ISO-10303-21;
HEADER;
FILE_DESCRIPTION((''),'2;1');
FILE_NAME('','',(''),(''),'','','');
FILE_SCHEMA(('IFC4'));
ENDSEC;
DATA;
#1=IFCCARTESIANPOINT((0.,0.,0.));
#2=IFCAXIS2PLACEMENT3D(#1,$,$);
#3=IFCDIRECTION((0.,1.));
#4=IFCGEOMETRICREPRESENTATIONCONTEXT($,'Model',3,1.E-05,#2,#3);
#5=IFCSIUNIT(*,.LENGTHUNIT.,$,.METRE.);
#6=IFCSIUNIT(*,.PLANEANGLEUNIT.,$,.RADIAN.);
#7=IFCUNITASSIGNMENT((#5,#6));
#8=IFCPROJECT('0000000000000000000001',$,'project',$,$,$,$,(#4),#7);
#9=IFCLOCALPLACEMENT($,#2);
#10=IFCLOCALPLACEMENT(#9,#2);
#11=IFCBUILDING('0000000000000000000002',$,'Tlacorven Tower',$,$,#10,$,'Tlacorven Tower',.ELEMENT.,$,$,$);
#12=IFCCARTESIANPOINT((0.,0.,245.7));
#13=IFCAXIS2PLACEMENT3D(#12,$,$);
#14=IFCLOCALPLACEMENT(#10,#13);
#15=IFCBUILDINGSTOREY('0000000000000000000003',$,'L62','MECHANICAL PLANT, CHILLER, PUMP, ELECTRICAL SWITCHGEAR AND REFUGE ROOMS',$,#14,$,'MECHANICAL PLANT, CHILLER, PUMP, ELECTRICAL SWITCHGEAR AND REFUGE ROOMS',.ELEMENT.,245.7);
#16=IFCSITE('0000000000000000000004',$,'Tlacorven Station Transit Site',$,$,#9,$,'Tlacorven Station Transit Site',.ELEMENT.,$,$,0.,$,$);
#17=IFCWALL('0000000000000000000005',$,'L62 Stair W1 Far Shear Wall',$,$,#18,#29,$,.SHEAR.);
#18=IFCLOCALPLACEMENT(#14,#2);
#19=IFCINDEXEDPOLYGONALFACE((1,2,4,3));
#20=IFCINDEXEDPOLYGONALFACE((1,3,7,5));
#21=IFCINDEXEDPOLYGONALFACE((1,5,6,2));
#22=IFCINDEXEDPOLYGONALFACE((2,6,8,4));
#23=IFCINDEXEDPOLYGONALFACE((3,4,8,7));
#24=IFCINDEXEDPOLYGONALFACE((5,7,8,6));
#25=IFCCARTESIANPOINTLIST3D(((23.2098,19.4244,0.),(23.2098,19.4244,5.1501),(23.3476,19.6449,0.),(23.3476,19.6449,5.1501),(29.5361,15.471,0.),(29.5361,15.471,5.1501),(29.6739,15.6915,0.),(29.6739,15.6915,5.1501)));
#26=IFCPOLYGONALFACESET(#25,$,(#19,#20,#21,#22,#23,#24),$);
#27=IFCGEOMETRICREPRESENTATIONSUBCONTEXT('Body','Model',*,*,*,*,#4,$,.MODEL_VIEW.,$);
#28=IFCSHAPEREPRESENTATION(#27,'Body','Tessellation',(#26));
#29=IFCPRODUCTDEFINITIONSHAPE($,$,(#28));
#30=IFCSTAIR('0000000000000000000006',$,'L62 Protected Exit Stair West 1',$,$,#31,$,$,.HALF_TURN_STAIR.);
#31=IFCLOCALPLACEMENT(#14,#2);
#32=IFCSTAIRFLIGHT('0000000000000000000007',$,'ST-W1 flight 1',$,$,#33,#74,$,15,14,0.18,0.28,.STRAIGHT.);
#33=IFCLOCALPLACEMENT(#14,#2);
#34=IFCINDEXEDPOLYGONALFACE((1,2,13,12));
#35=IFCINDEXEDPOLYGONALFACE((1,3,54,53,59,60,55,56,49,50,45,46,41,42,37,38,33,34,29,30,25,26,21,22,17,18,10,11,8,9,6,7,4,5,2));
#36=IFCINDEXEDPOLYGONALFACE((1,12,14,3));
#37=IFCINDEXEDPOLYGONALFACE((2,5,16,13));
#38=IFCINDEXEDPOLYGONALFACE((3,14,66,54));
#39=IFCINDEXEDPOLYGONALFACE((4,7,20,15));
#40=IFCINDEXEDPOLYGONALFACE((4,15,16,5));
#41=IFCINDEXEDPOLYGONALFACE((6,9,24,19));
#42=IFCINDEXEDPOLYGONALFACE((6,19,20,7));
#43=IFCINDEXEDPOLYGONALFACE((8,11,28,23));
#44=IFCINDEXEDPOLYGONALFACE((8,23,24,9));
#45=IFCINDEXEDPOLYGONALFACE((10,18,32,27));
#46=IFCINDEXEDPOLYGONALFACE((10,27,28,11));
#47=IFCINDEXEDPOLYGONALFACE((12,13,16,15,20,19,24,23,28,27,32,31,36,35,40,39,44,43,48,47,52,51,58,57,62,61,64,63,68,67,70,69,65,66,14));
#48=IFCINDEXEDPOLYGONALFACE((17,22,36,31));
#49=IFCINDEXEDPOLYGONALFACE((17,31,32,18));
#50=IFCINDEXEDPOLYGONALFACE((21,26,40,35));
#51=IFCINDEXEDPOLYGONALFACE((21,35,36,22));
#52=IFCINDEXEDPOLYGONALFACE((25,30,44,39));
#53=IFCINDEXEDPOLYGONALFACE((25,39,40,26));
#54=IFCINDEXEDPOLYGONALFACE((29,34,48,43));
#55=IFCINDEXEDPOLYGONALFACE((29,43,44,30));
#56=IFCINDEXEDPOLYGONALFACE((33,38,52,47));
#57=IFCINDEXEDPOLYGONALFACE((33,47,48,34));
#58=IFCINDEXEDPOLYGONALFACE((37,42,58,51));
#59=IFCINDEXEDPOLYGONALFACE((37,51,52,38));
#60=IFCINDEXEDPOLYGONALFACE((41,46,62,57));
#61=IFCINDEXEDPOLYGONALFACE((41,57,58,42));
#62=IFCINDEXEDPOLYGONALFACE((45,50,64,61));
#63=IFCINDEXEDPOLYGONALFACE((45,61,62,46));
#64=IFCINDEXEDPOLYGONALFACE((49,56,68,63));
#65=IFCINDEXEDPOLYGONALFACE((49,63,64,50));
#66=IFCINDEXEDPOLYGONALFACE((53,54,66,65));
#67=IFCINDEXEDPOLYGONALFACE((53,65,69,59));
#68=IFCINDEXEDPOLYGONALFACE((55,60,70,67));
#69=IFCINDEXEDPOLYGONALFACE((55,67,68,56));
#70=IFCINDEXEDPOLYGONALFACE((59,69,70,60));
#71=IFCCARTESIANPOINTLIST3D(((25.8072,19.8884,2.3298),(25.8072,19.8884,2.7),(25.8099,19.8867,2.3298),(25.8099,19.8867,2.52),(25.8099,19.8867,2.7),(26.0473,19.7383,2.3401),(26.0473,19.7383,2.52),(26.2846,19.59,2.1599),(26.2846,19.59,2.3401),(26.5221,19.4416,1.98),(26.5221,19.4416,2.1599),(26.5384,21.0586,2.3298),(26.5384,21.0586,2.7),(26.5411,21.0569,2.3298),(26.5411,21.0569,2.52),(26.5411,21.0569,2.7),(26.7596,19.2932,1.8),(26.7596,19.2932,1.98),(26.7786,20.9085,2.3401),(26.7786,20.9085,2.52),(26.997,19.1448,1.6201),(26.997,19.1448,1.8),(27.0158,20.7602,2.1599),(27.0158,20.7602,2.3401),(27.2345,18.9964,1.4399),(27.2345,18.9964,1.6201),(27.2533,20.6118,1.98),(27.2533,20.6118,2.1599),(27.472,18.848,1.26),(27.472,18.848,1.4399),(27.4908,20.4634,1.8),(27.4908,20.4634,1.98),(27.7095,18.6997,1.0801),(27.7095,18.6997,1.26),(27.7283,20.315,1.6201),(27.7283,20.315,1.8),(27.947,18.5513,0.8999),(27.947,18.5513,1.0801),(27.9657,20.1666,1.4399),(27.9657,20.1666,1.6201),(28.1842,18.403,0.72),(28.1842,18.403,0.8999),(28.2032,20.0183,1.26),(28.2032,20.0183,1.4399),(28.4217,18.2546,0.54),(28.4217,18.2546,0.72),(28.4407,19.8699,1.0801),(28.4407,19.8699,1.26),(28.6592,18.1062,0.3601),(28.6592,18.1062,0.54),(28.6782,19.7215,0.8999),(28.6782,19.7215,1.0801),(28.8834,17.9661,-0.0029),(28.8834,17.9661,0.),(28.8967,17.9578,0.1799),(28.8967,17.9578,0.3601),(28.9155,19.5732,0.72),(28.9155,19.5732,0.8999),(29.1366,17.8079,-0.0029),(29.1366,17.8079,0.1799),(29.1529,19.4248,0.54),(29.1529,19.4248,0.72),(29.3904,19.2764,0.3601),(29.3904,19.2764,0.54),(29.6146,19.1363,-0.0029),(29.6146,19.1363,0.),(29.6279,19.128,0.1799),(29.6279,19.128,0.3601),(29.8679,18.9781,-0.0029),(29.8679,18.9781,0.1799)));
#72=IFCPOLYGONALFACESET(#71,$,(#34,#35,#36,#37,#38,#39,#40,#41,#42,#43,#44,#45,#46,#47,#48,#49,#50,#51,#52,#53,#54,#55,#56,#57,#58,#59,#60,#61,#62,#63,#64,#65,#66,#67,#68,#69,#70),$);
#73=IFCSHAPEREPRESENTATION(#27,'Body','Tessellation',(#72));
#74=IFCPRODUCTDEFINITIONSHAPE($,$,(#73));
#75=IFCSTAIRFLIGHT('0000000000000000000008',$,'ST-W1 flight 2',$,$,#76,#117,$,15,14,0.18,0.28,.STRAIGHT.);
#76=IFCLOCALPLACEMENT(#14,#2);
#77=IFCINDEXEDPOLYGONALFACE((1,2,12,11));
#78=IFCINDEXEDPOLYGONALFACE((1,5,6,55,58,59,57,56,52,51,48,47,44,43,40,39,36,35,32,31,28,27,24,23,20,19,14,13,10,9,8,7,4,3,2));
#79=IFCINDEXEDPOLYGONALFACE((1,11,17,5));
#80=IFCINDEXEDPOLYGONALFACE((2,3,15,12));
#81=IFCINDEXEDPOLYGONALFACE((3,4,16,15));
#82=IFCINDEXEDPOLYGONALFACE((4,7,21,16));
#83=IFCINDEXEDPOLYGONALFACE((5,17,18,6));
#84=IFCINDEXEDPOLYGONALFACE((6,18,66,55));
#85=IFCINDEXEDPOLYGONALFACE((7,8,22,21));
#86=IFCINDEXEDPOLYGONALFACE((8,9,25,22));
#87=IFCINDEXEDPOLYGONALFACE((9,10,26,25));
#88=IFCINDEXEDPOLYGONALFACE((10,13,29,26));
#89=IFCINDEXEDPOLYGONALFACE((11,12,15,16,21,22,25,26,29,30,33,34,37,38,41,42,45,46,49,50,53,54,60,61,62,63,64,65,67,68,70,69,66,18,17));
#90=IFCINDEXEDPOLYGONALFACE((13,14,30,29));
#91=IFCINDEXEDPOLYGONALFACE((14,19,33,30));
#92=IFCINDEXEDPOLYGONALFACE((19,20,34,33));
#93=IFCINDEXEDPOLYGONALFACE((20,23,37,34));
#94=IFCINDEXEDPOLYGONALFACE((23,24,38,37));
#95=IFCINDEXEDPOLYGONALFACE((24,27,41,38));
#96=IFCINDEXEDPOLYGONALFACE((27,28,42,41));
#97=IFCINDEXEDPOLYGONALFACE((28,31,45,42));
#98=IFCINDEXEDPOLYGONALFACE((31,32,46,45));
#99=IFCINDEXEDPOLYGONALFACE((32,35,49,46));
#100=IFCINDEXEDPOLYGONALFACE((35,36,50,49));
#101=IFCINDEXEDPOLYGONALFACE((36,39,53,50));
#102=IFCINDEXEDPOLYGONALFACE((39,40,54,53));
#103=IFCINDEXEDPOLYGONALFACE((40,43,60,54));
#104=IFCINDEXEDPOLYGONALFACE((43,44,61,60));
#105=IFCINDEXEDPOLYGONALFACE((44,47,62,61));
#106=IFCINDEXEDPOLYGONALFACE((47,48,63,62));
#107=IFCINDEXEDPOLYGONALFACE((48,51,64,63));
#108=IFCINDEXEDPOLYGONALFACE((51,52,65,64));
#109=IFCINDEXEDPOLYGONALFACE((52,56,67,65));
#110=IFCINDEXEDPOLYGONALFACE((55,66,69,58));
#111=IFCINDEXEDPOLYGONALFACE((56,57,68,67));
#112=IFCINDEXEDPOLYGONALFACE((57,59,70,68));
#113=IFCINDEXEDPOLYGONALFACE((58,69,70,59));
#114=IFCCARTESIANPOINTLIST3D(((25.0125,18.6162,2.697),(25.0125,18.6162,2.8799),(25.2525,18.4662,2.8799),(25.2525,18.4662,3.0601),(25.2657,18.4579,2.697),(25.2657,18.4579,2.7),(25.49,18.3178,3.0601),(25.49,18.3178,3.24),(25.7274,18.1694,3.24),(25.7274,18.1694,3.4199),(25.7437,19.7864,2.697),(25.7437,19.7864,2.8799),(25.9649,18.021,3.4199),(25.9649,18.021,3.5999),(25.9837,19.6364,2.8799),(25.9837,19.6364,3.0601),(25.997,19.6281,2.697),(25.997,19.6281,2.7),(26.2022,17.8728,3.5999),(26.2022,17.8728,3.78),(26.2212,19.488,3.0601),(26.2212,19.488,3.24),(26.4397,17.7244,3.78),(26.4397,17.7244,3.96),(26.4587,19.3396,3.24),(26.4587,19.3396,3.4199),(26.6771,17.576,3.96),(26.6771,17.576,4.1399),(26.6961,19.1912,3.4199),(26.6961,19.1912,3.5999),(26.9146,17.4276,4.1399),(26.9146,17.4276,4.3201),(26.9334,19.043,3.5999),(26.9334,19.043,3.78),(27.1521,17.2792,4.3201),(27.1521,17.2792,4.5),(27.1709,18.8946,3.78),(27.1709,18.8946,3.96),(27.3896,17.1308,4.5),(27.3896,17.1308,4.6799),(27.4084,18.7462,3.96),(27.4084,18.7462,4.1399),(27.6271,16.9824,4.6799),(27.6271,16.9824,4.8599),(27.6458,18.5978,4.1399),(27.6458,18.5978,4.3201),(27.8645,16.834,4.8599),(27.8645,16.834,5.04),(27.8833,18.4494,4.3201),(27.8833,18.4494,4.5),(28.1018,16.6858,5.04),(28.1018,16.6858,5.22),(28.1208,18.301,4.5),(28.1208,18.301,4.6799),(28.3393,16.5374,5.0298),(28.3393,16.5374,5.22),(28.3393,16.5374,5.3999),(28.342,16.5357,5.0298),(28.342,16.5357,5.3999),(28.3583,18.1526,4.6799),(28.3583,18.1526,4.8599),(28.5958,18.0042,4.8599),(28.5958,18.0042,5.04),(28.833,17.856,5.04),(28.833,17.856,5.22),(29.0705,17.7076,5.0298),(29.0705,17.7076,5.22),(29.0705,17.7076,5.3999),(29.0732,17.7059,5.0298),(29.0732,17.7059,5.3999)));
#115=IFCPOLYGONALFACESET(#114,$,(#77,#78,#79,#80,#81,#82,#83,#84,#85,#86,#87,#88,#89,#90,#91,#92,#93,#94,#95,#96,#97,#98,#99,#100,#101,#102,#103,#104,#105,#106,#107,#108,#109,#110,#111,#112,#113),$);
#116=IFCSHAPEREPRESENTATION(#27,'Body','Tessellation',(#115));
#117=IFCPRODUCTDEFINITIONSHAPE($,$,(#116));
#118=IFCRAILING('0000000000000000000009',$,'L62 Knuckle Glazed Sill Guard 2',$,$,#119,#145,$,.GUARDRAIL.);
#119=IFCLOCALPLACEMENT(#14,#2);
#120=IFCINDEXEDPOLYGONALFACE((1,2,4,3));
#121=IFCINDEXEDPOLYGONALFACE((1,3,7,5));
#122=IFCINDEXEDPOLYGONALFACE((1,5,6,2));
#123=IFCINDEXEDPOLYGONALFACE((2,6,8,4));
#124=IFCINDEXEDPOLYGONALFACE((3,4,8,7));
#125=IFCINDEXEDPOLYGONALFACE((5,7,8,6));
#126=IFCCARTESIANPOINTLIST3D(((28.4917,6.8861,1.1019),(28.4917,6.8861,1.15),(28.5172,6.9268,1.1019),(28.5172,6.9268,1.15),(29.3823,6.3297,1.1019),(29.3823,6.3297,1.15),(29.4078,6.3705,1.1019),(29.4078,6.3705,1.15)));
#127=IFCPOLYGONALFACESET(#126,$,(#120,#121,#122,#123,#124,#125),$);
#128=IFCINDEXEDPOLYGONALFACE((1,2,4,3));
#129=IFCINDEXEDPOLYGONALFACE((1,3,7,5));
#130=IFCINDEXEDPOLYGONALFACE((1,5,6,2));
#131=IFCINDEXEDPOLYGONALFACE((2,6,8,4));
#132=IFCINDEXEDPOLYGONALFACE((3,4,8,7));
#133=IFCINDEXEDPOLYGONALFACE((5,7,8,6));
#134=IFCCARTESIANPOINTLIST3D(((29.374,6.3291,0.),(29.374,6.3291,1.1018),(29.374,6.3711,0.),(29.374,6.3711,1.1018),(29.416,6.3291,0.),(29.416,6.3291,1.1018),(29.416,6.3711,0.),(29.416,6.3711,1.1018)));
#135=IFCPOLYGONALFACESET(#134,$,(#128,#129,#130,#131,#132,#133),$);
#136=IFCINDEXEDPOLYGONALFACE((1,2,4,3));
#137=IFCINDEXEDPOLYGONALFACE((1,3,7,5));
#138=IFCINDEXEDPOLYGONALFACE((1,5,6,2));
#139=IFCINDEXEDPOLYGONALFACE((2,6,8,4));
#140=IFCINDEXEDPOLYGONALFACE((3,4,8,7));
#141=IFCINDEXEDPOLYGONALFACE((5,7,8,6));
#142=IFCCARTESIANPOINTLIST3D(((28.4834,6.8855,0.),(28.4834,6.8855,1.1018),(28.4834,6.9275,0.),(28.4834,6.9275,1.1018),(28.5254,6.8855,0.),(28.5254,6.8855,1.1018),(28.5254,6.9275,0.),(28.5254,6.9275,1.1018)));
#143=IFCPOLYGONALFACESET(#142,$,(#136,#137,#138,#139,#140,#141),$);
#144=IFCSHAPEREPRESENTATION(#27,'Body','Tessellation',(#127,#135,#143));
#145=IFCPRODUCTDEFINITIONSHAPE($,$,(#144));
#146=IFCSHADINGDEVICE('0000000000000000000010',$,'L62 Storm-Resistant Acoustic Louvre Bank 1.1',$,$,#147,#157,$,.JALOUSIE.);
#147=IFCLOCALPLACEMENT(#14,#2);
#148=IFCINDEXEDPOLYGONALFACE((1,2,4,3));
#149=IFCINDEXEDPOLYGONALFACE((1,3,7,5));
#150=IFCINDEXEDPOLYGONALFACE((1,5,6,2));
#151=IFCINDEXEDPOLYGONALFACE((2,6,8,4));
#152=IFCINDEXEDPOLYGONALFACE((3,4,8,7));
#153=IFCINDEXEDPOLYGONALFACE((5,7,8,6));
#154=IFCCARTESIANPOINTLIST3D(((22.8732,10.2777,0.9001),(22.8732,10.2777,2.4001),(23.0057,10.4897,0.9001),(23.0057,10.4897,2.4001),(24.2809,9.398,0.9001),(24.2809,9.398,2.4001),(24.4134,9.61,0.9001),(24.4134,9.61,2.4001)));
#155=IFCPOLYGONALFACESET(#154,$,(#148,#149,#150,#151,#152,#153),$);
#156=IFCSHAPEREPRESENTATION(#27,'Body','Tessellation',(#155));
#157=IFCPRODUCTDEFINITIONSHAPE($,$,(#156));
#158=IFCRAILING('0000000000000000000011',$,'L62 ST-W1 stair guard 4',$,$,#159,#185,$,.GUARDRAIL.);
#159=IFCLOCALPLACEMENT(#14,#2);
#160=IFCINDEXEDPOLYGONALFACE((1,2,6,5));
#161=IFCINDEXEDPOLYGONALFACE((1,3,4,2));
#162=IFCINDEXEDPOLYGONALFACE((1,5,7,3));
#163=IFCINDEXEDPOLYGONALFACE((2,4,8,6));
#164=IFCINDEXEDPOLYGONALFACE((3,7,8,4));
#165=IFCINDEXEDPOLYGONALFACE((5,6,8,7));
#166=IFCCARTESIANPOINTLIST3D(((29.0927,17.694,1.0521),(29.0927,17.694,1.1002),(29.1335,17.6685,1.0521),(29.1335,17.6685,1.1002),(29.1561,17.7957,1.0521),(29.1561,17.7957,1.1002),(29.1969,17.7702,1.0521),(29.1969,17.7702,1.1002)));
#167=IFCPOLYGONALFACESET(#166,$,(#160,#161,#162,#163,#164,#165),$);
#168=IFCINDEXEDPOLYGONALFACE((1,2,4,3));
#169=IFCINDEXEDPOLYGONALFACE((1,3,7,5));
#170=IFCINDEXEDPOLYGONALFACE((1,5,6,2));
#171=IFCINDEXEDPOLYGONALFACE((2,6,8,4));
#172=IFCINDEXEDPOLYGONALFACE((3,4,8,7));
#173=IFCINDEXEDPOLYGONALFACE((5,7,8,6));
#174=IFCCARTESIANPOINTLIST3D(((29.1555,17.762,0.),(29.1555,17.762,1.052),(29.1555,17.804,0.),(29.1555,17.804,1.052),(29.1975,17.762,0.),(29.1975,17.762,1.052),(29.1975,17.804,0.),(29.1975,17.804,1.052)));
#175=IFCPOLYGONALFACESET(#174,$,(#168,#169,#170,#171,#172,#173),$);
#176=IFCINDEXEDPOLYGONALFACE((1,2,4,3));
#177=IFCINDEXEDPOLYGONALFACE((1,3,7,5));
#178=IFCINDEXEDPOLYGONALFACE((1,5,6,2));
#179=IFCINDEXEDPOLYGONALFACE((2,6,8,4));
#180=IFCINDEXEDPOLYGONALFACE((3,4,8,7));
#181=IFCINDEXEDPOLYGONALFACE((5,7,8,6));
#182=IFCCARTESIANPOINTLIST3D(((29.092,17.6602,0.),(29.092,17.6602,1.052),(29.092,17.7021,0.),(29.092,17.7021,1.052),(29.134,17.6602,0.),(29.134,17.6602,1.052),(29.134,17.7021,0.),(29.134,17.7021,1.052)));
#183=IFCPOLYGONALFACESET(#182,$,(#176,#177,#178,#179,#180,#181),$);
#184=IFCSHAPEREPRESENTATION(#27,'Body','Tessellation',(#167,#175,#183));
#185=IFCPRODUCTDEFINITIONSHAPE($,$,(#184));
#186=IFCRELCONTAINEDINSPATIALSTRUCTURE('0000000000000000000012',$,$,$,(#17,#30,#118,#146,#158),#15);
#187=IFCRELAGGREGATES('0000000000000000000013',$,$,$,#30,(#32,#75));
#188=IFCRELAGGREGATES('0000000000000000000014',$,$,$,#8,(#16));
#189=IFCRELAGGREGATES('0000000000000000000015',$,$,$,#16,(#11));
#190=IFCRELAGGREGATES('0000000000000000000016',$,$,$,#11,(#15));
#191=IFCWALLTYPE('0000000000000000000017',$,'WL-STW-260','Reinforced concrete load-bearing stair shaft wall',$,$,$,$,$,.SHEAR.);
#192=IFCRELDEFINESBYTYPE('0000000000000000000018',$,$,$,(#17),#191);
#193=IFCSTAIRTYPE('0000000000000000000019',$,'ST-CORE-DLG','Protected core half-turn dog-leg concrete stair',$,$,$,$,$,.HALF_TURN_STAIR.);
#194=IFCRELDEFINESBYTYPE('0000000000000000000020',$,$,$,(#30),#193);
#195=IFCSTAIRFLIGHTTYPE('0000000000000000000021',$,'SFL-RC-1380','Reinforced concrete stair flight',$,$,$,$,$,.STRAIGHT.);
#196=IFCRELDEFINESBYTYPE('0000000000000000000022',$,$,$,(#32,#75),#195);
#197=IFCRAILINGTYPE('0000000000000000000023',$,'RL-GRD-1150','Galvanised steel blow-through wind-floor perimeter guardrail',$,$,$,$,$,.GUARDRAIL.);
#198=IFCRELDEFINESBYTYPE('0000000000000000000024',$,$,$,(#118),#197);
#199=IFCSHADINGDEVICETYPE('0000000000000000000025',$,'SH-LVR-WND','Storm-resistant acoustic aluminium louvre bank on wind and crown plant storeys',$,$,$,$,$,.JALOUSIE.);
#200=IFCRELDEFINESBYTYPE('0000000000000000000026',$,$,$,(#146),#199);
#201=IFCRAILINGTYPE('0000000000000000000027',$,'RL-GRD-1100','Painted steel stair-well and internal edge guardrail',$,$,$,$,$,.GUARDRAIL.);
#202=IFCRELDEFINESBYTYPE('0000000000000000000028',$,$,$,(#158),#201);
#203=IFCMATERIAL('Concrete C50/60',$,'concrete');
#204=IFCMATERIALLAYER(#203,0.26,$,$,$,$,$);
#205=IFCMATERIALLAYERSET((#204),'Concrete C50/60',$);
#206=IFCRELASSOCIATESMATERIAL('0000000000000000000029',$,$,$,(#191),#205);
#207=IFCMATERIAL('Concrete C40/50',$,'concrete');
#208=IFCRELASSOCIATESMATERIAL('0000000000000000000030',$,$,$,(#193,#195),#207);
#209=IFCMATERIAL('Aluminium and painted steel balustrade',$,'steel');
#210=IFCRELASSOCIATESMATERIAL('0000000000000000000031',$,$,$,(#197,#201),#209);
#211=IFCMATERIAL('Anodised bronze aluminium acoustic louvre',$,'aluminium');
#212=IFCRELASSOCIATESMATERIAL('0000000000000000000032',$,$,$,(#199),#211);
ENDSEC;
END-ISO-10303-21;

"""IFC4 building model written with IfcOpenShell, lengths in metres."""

from ifc_helpers import new_model, si_unit, direction, frame, frame_2d, origin, origin_2d, place, context, subcontext, project, spatial, polyline, rectangle, outline, extrude, source, transform, mapped, material, layer, layer_set, type_object, element, aggregate, save


model = new_model("IFC4")

# Units and contexts
model_context = context("Model", 3, precision=1e-05, world=origin(), true_north=direction((0.0, 1.0)))
body_context = subcontext(model_context, "Body", "Model", "MODEL_VIEW")
ifc_project = project(units=[si_unit("LENGTHUNIT", "METRE"), si_unit("PLANEANGLEUNIT", "RADIAN")], contexts=[model_context])

# Site, building, storey
site_placement = place(None, origin())
site = spatial("IfcSite", under=ifc_project, at=site_placement, Name="Tlacorven Station Transit Site", LongName="Tlacorven Station Transit Site", CompositionType="ELEMENT", RefElevation=0.0)
building_placement = place(site_placement, origin())
building = spatial("IfcBuilding", under=site, at=building_placement, Name="Tlacorven Tower", LongName="Tlacorven Tower", CompositionType="ELEMENT")
storey_placement = place(building_placement, frame((0.0, 0.0, 245.7)))
storey = spatial("IfcBuildingStorey", under=building, at=storey_placement, Name="L62", Description="MECHANICAL PLANT, CHILLER, PUMP, ELECTRICAL SWITCHGEAR AND REFUGE ROOMS", LongName="MECHANICAL PLANT, CHILLER, PUMP, ELECTRICAL SWITCHGEAR AND REFUGE ROOMS", CompositionType="ELEMENT", Elevation=245.7)

# Shared definitions
ifc_material_1 = material(Name="Concrete C40/50", Category="concrete")

# Wall
ifc_material_2 = material(Name="Concrete C50/60", Category="concrete")
ifc_layer_1 = layer(ifc_material_2, 0.26)
ifc_layer_set_1 = layer_set([ifc_layer_1], Name="Concrete C50/60")
wall_type_1 = type_object("IfcWallType", Name="WL-STW-260", Description="Reinforced concrete load-bearing stair shaft wall", PredefinedType="SHEAR", material=ifc_layer_set_1)
wall_1_placement = place(storey_placement, frame((29.605, 15.5813, 0.0), z_axis=(0.0, 0.0, 1.0), x_axis=(-0.848037, 0.529937, 0.0)))
element("IfcWall", 1, at=wall_1_placement, inside=storey, type_object=wall_type_1, Name="L62 Stair W1 Far Shear Wall", PredefinedType="SHEAR", context=body_context, shape_type="SweptSolid", body=[
    extrude(rectangle(XDim=7.46, YDim=0.26, at=frame_2d((3.73, 0.0))), origin(), (0.0, 0.0, 1.0), 5.1501),
])

# Stair, stair flights
stair_type = type_object("IfcStairType", Name="ST-CORE-DLG", Description="Protected core half-turn dog-leg concrete stair", PredefinedType="HALF_TURN_STAIR", material=ifc_material_1)
stair_placement = place(storey_placement, origin())
stair = element("IfcStair", 2, at=stair_placement, inside=storey, type_object=stair_type, Name="L62 Protected Exit Stair West 1", PredefinedType="HALF_TURN_STAIR")
stair_flight_type = type_object("IfcStairFlightType", Name="SFL-RC-1380", Description="Reinforced concrete stair flight", PredefinedType="STRAIGHT", material=ifc_material_1)
shared_shape_1 = source(origin(), body_context, "Body", "SweptSolid", [
    extrude(outline(polyline([(-0.0029, -0.0029), (-0.0029, 0.1799), (0.28, 0.1799), (0.28, 0.3601), (0.5601, 0.3601), (0.5601, 0.54), (0.8401, 0.54), (0.8401, 0.72), (1.1201, 0.72), (1.1201, 0.8999), (1.3999, 0.8999), (1.3999, 1.0801), (1.6799, 1.0801), (1.6799, 1.26), (1.96, 1.26), (1.96, 1.4399), (2.24, 1.4399), (2.24, 1.6201), (2.52, 1.6201), (2.52, 1.8), (2.8, 1.8), (2.8, 1.98), (3.0801, 1.98), (3.0801, 2.1599), (3.3601, 2.1599), (3.3601, 2.3401), (3.6399, 2.3401), (3.6399, 2.52), (3.9199, 2.52), (3.9199, 2.7), (3.9231, 2.7), (3.9231, 2.3298), (3.9199, 2.3298), (0.2957, 0.0), (0.2957, -0.0029), (-0.0029, -0.0029)])), frame((0.0, 0.6899, 0.0), z_axis=(0.0, -1.0, 0.0), x_axis=(1.0, 0.0, 0.0)), (0.0, 0.0, 1.0), 1.3799),
])
stair_flight_1_placement = place(storey_placement, frame((29.4998, 18.3945, 0.0), z_axis=(0.0, 0.0, 1.0), x_axis=(-0.848048, 0.529919, 0.0)))
stair_flight_1 = element("IfcStairFlight", 3, at=stair_flight_1_placement, type_object=stair_flight_type, Name="ST-W1 flight 1", NumberOfRisers=15, NumberOfTreads=14, PredefinedType="STRAIGHT", RiserHeight=0.18, TreadLength=0.28, context=body_context, shape_type="MappedRepresentation", body=[
    mapped(shared_shape_1, transform((0.0, 0.0, 0.0), scale=1.0)),
])
stair_flight_2_placement = place(storey_placement, frame((25.3806, 19.1997, 2.7), z_axis=(0.0, 0.0, 1.0), x_axis=(0.848048, -0.529919, 0.0)))
stair_flight_2 = element("IfcStairFlight", 4, at=stair_flight_2_placement, type_object=stair_flight_type, Name="ST-W1 flight 2", NumberOfRisers=15, NumberOfTreads=14, PredefinedType="STRAIGHT", RiserHeight=0.18, TreadLength=0.28, context=body_context, shape_type="MappedRepresentation", body=[
    mapped(shared_shape_1, transform((0.0, 0.0, 0.0), scale=1.0)),
])
aggregate(stair, [stair_flight_1, stair_flight_2])

# Railing
ifc_material_3 = material(Name="Aluminium and painted steel balustrade", Category="steel")
railing_type_1 = type_object("IfcRailingType", Name="RL-GRD-1150", Description="Galvanised steel blow-through wind-floor perimeter guardrail", PredefinedType="GUARDRAIL", material=ifc_material_3)
shared_shape_2 = source(origin(), body_context, "Body", "SweptSolid", [
    extrude(rectangle(XDim=0.0481, YDim=0.0481, at=origin_2d()), frame((0.0, 0.0, 1.126), z_axis=(-0.848103, 0.529832, 0.0), x_axis=(-0.529832, -0.848103, 0.0)), (0.0, 0.0, 1.0), 1.05),
    extrude(rectangle(XDim=0.042, YDim=0.042, at=origin_2d()), origin(), (0.0, 0.0, 1.0), 1.1018),
    extrude(rectangle(XDim=0.042, YDim=0.042, at=origin_2d()), frame((-0.8906, 0.5564, 0.0)), (0.0, 0.0, 1.0), 1.1018),
])
railing_1_placement = place(storey_placement, frame((29.395, 6.3501, 0.0)))
element("IfcRailing", 5, at=railing_1_placement, inside=storey, type_object=railing_type_1, Name="L62 Knuckle Glazed Sill Guard 2", PredefinedType="GUARDRAIL", context=body_context, shape_type="MappedRepresentation", body=[
    mapped(shared_shape_2, transform((0.0, 0.0, 0.0), scale=1.0)),
])

# Shading device
ifc_material_4 = material(Name="Anodised bronze aluminium acoustic louvre", Category="aluminium")
shading_device_type = type_object("IfcShadingDeviceType", Name="SH-LVR-WND", Description="Storm-resistant acoustic aluminium louvre bank on wind and crown plant storeys", PredefinedType="JALOUSIE", material=ifc_material_4)
shared_shape_3 = source(origin(), body_context, "Body", "SweptSolid", [
    extrude(rectangle(XDim=1.6599, YDim=0.25, at=origin_2d()), origin(), (0.0, 0.0, 1.0), 1.5),
])
shading_device_placement = place(storey_placement, frame((23.6433, 9.9438, 0.9001), z_axis=(0.0, 0.0, 1.0), x_axis=(-0.848048, 0.529919, 0.0)))
element("IfcShadingDevice", 6, at=shading_device_placement, inside=storey, type_object=shading_device_type, Name="L62 Storm-Resistant Acoustic Louvre Bank 1.1", PredefinedType="JALOUSIE", context=body_context, shape_type="MappedRepresentation", body=[
    mapped(shared_shape_3, transform((0.0, 0.0, 0.0), scale=1.0)),
])

# Railing
railing_type_2 = type_object("IfcRailingType", Name="RL-GRD-1100", Description="Painted steel stair-well and internal edge guardrail", PredefinedType="GUARDRAIL", material=ifc_material_3)
shared_shape_4 = source(origin(), body_context, "Body", "SweptSolid", [
    extrude(rectangle(XDim=0.0481, YDim=0.0481, at=origin_2d()), frame((0.0, 0.0, 1.0762), z_axis=(-0.529084, -0.848569, 0.0), x_axis=(0.848569, -0.529084, 0.0)), (0.0, 0.0, 1.0), 0.1199),
    extrude(rectangle(XDim=0.042, YDim=0.042, at=origin_2d()), origin(), (0.0, 0.0, 1.0), 1.052),
    extrude(rectangle(XDim=0.042, YDim=0.042, at=origin_2d()), frame((-0.0635, -0.1018, 0.0)), (0.0, 0.0, 1.0), 1.052),
])
railing_2_placement = place(storey_placement, frame((29.1765, 17.783, 0.0)))
element("IfcRailing", 7, at=railing_2_placement, inside=storey, type_object=railing_type_2, Name="L62 ST-W1 stair guard 4", PredefinedType="GUARDRAIL", context=body_context, shape_type="MappedRepresentation", body=[
    mapped(shared_shape_4, transform((0.0, 0.0, 0.0), scale=1.0)),
])

save(model, "model.ifc")
